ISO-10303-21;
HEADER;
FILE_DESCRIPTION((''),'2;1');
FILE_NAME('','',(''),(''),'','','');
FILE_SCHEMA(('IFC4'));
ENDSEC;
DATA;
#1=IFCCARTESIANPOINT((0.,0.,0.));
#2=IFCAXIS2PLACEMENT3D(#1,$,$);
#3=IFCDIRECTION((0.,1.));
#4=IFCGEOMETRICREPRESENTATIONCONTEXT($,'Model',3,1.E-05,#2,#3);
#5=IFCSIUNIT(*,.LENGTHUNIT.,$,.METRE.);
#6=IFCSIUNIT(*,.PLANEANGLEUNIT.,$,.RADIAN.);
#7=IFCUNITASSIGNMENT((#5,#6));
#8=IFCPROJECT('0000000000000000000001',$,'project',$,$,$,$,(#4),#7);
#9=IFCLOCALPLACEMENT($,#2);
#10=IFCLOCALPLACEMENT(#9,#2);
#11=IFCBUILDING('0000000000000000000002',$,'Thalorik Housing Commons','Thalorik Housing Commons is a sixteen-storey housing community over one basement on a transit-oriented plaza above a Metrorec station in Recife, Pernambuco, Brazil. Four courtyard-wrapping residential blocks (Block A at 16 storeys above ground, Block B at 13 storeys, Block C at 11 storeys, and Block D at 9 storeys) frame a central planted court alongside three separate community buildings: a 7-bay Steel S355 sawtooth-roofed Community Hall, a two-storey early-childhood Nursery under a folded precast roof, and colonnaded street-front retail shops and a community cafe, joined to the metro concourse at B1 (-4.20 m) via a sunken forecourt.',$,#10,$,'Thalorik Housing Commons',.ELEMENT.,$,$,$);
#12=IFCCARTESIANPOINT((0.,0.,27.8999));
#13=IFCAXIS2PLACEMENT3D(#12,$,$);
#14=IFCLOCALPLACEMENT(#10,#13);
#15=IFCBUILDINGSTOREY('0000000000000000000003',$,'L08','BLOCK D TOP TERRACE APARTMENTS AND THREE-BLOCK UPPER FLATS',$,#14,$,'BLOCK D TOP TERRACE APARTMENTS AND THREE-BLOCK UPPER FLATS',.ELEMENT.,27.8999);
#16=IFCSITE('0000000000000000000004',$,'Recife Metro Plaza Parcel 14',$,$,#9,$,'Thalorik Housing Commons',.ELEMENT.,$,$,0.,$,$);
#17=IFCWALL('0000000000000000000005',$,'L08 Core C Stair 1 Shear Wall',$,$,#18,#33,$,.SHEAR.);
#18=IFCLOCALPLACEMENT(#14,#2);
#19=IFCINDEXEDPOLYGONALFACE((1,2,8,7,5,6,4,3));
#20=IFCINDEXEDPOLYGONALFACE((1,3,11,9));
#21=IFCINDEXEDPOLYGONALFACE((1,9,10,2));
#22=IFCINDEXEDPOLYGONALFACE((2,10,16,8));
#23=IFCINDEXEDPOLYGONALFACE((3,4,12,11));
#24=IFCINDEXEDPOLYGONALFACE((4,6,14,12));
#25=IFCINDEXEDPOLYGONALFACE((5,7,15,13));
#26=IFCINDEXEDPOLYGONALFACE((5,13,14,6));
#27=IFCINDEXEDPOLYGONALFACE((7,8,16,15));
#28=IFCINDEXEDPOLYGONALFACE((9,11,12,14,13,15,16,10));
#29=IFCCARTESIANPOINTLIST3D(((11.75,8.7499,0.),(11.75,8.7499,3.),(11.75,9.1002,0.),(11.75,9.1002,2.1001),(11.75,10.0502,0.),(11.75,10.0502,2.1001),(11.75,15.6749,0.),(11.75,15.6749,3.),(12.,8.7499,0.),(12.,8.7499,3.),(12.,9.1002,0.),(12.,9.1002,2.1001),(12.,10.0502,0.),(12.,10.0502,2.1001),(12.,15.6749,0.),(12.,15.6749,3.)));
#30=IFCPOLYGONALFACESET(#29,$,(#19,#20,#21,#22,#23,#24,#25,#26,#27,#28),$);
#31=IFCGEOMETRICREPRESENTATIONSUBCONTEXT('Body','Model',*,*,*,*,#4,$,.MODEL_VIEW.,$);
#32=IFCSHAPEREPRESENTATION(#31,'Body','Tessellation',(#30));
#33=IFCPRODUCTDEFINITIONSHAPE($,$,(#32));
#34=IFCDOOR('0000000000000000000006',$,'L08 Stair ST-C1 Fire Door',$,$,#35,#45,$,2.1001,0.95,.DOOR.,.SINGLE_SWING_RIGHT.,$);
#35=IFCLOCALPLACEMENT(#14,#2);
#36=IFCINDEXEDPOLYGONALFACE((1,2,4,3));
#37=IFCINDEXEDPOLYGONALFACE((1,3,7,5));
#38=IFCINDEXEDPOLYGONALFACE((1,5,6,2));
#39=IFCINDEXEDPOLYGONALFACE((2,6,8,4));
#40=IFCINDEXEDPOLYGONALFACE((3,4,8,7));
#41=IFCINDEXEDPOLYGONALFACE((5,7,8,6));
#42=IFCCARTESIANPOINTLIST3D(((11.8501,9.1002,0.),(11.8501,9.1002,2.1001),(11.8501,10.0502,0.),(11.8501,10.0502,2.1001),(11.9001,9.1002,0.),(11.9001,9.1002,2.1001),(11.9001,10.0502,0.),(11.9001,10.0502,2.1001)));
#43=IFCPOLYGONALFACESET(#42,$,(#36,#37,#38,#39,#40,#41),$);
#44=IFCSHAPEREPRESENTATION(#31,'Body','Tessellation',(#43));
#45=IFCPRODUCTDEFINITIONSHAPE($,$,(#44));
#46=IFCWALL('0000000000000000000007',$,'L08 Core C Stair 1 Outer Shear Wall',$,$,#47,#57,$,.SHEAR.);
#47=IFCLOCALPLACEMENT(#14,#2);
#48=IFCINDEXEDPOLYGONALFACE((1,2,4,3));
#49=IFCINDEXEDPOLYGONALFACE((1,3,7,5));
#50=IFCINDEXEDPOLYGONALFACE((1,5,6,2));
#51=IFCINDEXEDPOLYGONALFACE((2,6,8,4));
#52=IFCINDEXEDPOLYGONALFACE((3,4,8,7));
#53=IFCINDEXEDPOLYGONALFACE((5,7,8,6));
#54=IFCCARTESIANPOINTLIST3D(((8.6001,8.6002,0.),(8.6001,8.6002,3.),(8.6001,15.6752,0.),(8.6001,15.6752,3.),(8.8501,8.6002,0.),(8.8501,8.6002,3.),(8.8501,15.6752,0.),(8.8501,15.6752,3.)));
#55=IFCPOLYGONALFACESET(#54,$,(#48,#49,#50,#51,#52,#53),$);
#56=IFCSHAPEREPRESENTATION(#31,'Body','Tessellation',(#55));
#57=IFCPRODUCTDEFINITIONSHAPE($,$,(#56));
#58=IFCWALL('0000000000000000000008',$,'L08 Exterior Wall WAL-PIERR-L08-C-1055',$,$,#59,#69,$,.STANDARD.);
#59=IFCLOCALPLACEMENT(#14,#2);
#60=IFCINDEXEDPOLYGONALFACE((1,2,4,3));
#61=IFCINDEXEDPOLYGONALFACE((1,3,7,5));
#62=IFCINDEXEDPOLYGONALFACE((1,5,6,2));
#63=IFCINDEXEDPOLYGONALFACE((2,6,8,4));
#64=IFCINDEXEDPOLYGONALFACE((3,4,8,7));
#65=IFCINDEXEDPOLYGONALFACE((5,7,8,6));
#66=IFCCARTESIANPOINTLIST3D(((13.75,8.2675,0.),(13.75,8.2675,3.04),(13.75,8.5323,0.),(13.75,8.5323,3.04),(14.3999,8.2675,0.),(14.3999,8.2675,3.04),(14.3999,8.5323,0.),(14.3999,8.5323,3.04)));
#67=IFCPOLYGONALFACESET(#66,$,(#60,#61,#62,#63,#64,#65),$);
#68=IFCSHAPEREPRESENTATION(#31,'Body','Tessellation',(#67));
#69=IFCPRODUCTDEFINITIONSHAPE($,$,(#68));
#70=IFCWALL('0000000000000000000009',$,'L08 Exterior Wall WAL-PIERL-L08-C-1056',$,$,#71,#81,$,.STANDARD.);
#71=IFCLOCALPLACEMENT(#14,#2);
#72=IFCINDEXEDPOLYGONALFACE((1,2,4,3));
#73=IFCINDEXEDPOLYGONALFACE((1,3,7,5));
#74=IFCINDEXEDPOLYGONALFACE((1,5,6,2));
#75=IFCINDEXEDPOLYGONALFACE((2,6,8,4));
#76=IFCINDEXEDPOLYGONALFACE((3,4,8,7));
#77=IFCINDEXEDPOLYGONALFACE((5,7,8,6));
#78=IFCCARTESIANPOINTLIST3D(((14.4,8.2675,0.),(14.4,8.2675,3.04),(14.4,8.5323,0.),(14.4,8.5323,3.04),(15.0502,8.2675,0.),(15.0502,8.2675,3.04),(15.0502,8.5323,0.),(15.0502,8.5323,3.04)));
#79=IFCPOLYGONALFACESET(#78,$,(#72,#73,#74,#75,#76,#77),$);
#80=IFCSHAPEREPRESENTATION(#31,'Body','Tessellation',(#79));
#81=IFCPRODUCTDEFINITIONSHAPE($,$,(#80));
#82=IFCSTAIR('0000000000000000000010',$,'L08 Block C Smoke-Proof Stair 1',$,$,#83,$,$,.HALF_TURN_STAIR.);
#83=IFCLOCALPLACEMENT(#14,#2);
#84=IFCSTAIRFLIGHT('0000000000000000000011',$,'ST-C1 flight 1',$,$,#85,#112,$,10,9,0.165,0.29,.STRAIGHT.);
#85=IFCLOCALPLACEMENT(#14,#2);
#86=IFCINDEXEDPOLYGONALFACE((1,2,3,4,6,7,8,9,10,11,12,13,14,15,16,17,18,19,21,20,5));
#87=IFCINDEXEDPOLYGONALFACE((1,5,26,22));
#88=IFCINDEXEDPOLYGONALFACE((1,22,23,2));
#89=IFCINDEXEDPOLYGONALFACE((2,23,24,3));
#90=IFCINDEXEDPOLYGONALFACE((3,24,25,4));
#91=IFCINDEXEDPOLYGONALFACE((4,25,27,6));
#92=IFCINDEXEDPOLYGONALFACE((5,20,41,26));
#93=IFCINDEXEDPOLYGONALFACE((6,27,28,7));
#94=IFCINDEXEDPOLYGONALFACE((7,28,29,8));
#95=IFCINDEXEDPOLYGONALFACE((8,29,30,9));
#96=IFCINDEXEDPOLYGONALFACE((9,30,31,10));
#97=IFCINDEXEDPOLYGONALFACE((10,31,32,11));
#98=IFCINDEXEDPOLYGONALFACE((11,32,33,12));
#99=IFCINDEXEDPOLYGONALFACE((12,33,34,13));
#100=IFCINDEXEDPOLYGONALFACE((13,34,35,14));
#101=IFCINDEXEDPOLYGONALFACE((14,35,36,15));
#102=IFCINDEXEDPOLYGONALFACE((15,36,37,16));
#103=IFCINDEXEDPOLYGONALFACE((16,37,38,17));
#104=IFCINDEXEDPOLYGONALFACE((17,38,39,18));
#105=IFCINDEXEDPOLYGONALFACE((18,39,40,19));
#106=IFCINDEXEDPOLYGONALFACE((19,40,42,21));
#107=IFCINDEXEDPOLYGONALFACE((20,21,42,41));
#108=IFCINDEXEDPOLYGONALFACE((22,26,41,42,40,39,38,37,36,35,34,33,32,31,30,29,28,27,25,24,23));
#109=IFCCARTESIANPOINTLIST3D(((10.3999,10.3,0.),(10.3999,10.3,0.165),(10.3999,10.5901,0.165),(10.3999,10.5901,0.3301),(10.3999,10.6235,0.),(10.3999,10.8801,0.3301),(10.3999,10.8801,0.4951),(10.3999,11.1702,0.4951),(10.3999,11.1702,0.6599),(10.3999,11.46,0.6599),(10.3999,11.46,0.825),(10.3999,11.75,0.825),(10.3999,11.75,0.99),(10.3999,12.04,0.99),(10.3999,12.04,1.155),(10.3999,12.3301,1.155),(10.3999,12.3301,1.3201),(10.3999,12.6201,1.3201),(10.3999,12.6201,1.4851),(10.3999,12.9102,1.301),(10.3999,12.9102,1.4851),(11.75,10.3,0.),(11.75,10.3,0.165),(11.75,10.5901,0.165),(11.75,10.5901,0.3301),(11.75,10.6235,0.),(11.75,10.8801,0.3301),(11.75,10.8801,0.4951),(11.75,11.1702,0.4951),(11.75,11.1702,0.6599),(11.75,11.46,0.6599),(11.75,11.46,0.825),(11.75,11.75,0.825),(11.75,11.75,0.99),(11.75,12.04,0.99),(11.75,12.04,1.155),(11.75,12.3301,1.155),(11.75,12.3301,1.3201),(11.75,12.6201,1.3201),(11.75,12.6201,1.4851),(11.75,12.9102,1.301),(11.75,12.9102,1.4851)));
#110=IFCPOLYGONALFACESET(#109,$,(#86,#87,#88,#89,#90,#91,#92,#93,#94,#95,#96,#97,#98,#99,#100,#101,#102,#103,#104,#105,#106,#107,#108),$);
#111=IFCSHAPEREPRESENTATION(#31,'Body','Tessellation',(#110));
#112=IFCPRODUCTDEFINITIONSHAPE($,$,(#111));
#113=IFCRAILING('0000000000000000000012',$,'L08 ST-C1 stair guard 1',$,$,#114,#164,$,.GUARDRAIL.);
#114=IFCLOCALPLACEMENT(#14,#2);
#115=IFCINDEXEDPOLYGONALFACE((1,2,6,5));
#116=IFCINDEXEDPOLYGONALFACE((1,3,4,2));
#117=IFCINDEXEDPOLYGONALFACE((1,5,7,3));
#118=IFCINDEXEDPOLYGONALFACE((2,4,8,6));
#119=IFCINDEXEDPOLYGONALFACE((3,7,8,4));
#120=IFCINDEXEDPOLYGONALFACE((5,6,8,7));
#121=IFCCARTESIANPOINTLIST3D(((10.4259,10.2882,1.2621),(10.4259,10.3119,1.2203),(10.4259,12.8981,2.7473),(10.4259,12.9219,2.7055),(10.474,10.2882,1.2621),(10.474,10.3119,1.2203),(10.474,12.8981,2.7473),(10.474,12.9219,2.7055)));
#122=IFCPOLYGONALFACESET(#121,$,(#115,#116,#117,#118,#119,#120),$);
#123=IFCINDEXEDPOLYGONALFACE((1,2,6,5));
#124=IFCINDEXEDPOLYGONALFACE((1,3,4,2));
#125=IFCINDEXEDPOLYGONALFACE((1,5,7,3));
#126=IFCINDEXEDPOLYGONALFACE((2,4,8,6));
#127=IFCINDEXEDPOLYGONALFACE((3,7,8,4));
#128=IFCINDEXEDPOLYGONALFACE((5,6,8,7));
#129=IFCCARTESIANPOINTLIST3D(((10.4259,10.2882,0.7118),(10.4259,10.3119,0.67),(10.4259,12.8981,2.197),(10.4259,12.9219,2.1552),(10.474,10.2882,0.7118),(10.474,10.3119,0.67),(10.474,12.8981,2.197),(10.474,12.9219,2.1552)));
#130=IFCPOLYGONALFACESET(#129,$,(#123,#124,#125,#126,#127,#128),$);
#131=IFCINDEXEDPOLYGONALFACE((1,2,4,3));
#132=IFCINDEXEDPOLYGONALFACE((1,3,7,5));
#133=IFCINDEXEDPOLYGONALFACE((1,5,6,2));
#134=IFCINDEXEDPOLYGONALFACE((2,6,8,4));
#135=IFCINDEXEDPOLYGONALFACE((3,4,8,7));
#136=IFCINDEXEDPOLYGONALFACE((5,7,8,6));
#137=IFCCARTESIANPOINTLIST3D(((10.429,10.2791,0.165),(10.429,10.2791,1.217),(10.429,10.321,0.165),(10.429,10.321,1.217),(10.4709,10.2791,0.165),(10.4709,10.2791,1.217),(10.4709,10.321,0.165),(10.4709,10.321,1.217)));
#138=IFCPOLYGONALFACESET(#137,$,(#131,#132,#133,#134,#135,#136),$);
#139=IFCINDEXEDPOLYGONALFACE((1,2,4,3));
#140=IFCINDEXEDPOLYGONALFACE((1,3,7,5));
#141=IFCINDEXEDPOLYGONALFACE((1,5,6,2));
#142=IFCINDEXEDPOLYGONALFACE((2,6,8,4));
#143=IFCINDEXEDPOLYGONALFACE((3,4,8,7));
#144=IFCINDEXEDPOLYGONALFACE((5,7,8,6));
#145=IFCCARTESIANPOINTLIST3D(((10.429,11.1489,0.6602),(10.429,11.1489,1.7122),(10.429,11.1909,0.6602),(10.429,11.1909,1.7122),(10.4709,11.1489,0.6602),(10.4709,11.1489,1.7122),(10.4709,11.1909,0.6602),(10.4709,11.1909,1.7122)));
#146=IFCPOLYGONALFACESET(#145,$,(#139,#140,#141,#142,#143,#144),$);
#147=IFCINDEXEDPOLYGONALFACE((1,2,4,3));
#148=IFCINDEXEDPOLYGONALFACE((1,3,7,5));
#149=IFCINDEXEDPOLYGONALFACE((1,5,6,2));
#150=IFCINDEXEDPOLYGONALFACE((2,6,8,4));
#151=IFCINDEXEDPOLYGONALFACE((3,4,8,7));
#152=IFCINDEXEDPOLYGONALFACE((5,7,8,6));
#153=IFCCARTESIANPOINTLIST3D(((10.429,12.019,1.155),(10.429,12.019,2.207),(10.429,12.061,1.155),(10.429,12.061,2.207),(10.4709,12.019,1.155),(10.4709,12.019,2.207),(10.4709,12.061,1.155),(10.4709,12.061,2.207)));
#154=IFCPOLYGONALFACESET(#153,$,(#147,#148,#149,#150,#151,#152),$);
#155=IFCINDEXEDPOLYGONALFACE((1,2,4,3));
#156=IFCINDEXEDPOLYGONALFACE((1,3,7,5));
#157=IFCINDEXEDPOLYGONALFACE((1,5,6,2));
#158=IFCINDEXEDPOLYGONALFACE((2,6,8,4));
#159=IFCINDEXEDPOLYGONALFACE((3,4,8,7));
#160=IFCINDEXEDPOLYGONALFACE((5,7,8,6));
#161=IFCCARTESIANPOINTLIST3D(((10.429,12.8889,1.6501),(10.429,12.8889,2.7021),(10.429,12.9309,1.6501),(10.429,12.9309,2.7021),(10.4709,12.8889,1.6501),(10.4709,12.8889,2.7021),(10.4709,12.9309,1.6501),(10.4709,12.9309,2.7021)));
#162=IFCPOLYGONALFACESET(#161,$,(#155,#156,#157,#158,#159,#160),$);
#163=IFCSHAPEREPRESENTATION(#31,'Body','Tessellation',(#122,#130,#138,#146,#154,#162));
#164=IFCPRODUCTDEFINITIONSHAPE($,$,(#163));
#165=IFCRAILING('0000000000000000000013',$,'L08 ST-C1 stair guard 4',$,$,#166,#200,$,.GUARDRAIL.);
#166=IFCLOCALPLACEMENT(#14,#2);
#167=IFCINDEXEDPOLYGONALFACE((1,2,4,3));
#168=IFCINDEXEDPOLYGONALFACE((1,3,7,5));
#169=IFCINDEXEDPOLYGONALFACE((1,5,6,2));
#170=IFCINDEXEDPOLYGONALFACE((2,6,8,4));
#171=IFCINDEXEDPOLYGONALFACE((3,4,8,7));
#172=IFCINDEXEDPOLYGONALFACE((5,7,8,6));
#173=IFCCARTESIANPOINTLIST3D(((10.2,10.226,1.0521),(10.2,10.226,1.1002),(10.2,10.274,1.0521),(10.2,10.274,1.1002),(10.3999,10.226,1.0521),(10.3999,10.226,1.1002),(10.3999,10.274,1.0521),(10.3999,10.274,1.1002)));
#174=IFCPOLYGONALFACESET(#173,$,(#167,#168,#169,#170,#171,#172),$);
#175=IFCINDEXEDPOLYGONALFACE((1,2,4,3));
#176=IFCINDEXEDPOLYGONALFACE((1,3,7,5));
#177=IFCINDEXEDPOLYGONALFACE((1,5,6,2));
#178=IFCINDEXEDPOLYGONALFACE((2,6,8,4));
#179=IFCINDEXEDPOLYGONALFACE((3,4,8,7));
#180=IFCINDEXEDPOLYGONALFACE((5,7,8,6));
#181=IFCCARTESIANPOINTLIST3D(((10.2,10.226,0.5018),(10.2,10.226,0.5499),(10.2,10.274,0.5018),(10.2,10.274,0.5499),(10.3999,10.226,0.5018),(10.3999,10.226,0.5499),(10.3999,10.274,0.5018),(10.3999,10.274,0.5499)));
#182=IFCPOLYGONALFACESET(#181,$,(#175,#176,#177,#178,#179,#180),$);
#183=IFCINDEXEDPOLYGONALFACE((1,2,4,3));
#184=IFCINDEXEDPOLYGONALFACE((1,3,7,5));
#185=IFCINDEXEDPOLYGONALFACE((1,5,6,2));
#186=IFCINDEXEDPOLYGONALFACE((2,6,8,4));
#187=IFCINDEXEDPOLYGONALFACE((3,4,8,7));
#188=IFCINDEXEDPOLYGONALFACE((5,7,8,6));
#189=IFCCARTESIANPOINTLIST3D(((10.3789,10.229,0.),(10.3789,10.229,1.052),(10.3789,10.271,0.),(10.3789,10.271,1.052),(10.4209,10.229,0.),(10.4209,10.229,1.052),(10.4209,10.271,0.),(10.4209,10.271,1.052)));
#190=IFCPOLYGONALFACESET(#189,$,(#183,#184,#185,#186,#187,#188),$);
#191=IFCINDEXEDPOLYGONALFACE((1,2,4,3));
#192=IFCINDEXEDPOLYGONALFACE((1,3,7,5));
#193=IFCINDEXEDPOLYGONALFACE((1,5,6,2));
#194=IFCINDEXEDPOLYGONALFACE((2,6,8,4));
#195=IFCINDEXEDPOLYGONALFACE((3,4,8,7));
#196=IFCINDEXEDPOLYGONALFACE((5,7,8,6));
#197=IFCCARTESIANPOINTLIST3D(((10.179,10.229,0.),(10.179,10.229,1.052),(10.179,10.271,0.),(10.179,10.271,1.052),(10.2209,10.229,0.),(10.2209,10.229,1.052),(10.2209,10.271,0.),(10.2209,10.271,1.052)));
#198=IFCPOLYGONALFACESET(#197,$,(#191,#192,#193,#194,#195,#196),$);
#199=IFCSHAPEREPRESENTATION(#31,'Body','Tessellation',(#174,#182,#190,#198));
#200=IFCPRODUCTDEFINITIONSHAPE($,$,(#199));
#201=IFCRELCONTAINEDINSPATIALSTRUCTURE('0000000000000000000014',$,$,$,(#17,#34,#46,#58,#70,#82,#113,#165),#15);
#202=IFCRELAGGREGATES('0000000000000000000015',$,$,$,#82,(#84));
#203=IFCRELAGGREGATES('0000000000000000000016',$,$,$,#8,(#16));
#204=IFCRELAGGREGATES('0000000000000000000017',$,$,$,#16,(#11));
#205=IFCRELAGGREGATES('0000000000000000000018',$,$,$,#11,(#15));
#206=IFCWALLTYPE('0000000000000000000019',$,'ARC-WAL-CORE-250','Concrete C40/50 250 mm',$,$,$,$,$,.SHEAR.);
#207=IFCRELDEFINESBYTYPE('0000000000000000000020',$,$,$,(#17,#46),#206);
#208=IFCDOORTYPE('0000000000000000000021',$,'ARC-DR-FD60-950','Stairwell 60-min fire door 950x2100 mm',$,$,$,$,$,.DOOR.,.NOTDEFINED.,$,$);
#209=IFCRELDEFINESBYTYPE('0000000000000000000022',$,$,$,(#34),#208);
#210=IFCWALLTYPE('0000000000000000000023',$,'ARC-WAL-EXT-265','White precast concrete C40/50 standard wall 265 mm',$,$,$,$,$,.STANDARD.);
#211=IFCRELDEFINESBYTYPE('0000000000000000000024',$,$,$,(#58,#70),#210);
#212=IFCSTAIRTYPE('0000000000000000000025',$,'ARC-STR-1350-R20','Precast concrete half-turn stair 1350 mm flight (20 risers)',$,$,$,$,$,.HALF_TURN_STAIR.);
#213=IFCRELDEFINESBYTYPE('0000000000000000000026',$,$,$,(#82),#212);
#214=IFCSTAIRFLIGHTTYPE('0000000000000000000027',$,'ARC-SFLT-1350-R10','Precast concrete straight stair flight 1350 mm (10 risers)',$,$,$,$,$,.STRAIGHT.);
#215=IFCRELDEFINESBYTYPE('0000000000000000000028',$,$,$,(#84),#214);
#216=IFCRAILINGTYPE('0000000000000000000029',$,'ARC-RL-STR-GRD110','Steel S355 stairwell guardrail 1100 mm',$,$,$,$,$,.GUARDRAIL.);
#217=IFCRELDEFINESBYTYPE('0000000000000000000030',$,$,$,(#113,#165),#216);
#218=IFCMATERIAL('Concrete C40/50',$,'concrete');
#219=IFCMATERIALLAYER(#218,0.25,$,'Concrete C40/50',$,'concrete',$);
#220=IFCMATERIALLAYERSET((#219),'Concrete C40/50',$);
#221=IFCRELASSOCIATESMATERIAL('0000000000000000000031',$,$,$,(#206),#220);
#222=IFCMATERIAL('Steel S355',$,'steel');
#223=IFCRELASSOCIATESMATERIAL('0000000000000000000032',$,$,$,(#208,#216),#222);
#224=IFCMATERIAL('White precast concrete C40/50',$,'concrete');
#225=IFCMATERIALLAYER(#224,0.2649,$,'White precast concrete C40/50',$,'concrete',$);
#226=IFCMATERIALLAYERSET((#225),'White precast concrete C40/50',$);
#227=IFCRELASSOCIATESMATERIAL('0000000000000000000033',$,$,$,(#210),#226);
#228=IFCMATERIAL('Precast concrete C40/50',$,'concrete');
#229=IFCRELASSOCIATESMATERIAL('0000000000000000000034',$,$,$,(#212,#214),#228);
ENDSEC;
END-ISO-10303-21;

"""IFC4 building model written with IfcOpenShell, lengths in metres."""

from ifc_helpers import new_model, si_unit, direction, frame, frame_2d, origin, origin_2d, place, context, subcontext, project, spatial, polyline, rectangle, outline, extrude, material, layer, layer_set, type_object, element, fill, aggregate, save


model = new_model("IFC4")

# Units and contexts
model_context = context("Model", 3, precision=1e-05, world=origin(), true_north=direction((0.0, 1.0)))
body_context = subcontext(model_context, "Body", "Model", "MODEL_VIEW")
ifc_project = project(units=[si_unit("LENGTHUNIT", "METRE"), si_unit("PLANEANGLEUNIT", "RADIAN")], contexts=[model_context])

# Site, building, storey
site_placement = place(None, origin())
site = spatial("IfcSite", under=ifc_project, at=site_placement, Name="Recife Metro Plaza Parcel 14", LongName="Thalorik Housing Commons", CompositionType="ELEMENT", RefElevation=0.0)
building_placement = place(site_placement, origin())
building = spatial("IfcBuilding", under=site, at=building_placement, Name="Thalorik Housing Commons", Description="Thalorik Housing Commons is a sixteen-storey housing community over one basement on a transit-oriented plaza above a Metrorec station in Recife, Pernambuco, Brazil. Four courtyard-wrapping residential blocks (Block A at 16 storeys above ground, Block B at 13 storeys, Block C at 11 storeys, and Block D at 9 storeys) frame a central planted court alongside three separate community buildings: a 7-bay Steel S355 sawtooth-roofed Community Hall, a two-storey early-childhood Nursery under a folded precast roof, and colonnaded street-front retail shops and a community cafe, joined to the metro concourse at B1 (-4.20 m) via a sunken forecourt.", LongName="Thalorik Housing Commons", CompositionType="ELEMENT")
storey_placement = place(building_placement, frame((0.0, 0.0, 27.8999)))
storey = spatial("IfcBuildingStorey", under=building, at=storey_placement, Name="L08", Description="BLOCK D TOP TERRACE APARTMENTS AND THREE-BLOCK UPPER FLATS", LongName="BLOCK D TOP TERRACE APARTMENTS AND THREE-BLOCK UPPER FLATS", CompositionType="ELEMENT", Elevation=27.8999)

# Shared definitions
ifc_material_1 = material(Name="Precast concrete C40/50", Category="concrete")

# Wall, opening, door
ifc_material_2 = material(Name="Concrete C40/50", Category="concrete")
ifc_layer_1 = layer(ifc_material_2, 0.25, Name="Concrete C40/50", Category="concrete")
ifc_layer_set_1 = layer_set([ifc_layer_1], Name="Concrete C40/50")
wall_type_1 = type_object("IfcWallType", Name="ARC-WAL-CORE-250", Description="Concrete C40/50 250 mm", PredefinedType="SHEAR", material=ifc_layer_set_1)
wall_1_placement = place(storey_placement, frame((11.875, 8.75, 0.0), z_axis=(0.0, 0.0, 1.0), x_axis=(0.0, 1.0, 0.0)))
wall_1 = element("IfcWall", 1, at=wall_1_placement, inside=storey, type_object=wall_type_1, Name="L08 Core C Stair 1 Shear Wall", PredefinedType="SHEAR", context=body_context, shape_type="SweptSolid", body=[
    extrude(rectangle(XDim=6.925, YDim=0.25, at=frame_2d((3.4624, 0.0))), origin(), (0.0, 0.0, 1.0), 3.0),
])
opening_placement = place(wall_1_placement, frame((0.3501, 0.0, 0.0)))
opening = element("IfcOpeningElement", 2, at=opening_placement, cuts=wall_1, PredefinedType="OPENING", context=body_context, shape_type="SweptSolid", body=[
    extrude(rectangle(XDim=0.95, YDim=2.1001, at=frame_2d((0.4751, 1.05))), frame((0.0, 0.135, 0.0), z_axis=(0.0, -1.0, 0.0), x_axis=(1.0, 0.0, 0.0)), (0.0, 0.0, 1.0), 0.27),
])
ifc_material_3 = material(Name="Steel S355", Category="steel")
door_type = type_object("IfcDoorType", Name="ARC-DR-FD60-950", Description="Stairwell 60-min fire door 950x2100 mm", OperationType="NOTDEFINED", PredefinedType="DOOR", material=ifc_material_3)
door_placement = place(opening_placement, origin())
door = element("IfcDoor", 3, at=door_placement, inside=storey, type_object=door_type, Name="L08 Stair ST-C1 Fire Door", OperationType="SINGLE_SWING_RIGHT", OverallHeight=2.1001, OverallWidth=0.95, PredefinedType="DOOR", context=body_context, shape_type="SweptSolid", body=[
    extrude(rectangle(XDim=0.95, YDim=2.1001, at=frame_2d((0.4751, 1.05))), frame((0.0, 0.0249, 0.0), z_axis=(0.0, -1.0, 0.0), x_axis=(1.0, 0.0, 0.0)), (0.0, 0.0, 1.0), 0.05),
])
fill(opening, door)

# Walls
wall_2_placement = place(storey_placement, frame((8.7251, 8.6001, 0.0), z_axis=(0.0, 0.0, 1.0), x_axis=(0.0, 1.0, 0.0)))
element("IfcWall", 4, at=wall_2_placement, inside=storey, type_object=wall_type_1, Name="L08 Core C Stair 1 Outer Shear Wall", PredefinedType="SHEAR", context=body_context, shape_type="SweptSolid", body=[
    extrude(rectangle(XDim=7.075, YDim=0.25, at=frame_2d((3.5376, 0.0))), origin(), (0.0, 0.0, 1.0), 3.0),
])
ifc_material_4 = material(Name="White precast concrete C40/50", Category="concrete")
ifc_layer_2 = layer(ifc_material_4, 0.2649, Name="White precast concrete C40/50", Category="concrete")
ifc_layer_set_2 = layer_set([ifc_layer_2], Name="White precast concrete C40/50")
wall_type_2 = type_object("IfcWallType", Name="ARC-WAL-EXT-265", Description="White precast concrete C40/50 standard wall 265 mm", PredefinedType="STANDARD", material=ifc_layer_set_2)
wall_3_placement = place(storey_placement, frame((13.75, 8.3999, 0.0), z_axis=(0.0, 0.0, 1.0), x_axis=(1.0, 0.0, 0.0)))
element("IfcWall", 5, at=wall_3_placement, inside=storey, type_object=wall_type_2, Name="L08 Exterior Wall WAL-PIERR-L08-C-1055", PredefinedType="STANDARD", context=body_context, shape_type="SweptSolid", body=[
    extrude(rectangle(XDim=0.6499, YDim=0.2649, at=frame_2d((0.325, 0.0))), origin(), (0.0, 0.0, 1.0), 3.04),
])
wall_4_placement = place(storey_placement, frame((14.3999, 8.3999, 0.0), z_axis=(0.0, 0.0, 1.0), x_axis=(1.0, 0.0, 0.0)))
element("IfcWall", 6, at=wall_4_placement, inside=storey, type_object=wall_type_2, Name="L08 Exterior Wall WAL-PIERL-L08-C-1056", PredefinedType="STANDARD", context=body_context, shape_type="SweptSolid", body=[
    extrude(rectangle(XDim=0.6501, YDim=0.2649, at=frame_2d((0.3252, 0.0))), origin(), (0.0, 0.0, 1.0), 3.04),
])

# Stair, stair flight
stair_type = type_object("IfcStairType", Name="ARC-STR-1350-R20", Description="Precast concrete half-turn stair 1350 mm flight (20 risers)", PredefinedType="HALF_TURN_STAIR", material=ifc_material_1)
stair_placement = place(storey_placement, origin())
stair = element("IfcStair", 7, at=stair_placement, inside=storey, type_object=stair_type, Name="L08 Block C Smoke-Proof Stair 1", PredefinedType="HALF_TURN_STAIR")
stair_flight_type = type_object("IfcStairFlightType", Name="ARC-SFLT-1350-R10", Description="Precast concrete straight stair flight 1350 mm (10 risers)", PredefinedType="STRAIGHT", material=ifc_material_1)
stair_flight_placement = place(storey_placement, frame((11.075, 10.3, 0.0), z_axis=(0.0, 0.0, 1.0), x_axis=(0.0, 1.0, 0.0)))
stair_flight = element("IfcStairFlight", 8, at=stair_flight_placement, type_object=stair_flight_type, Name="ST-C1 flight 1", NumberOfRisers=10, NumberOfTreads=9, PredefinedType="STRAIGHT", RiserHeight=0.165, TreadLength=0.29, context=body_context, shape_type="SweptSolid", body=[
    extrude(outline(polyline([(0.0, 0.0), (0.0, 0.165), (0.29, 0.165), (0.29, 0.3301), (0.5801, 0.3301), (0.5801, 0.4951), (0.8701, 0.4951), (0.8701, 0.6599), (1.1599, 0.6599), (1.1599, 0.825), (1.45, 0.825), (1.45, 0.99), (1.74, 0.99), (1.74, 1.155), (2.03, 1.155), (2.03, 1.3201), (2.3201, 1.3201), (2.3201, 1.4851), (2.6101, 1.4851), (2.6101, 1.6499), (2.6101, 1.301), (0.3235, 0.0), (0.0, 0.0)])), frame((0.0, 0.675, 0.0), z_axis=(0.0, -1.0, 0.0), x_axis=(1.0, 0.0, 0.0)), (0.0, 0.0, 1.0), 1.3501),
])
aggregate(stair, [stair_flight])

# Railings
railing_type_1 = type_object("IfcRailingType", Name="ARC-RL-STR-GRD110", Description="Steel S355 stairwell guardrail 1100 mm", PredefinedType="GUARDRAIL", material=ifc_material_3)
railing_1_placement = place(storey_placement, frame((10.45, 10.3, 0.165)))
element("IfcRailing", 9, at=railing_1_placement, inside=storey, type_object=railing_type_1, Name="L08 ST-C1 stair guard 1", PredefinedType="GUARDRAIL", context=body_context, shape_type="SweptSolid", body=[
    extrude(rectangle(XDim=0.0481, YDim=0.0481, at=origin_2d()), frame((0.0, 0.0, 1.0762), z_axis=(0.0, 0.869137, 0.494571), x_axis=(-1.0, 0.0, 0.0)), (0.0, 0.0, 1.0), 3.0029),
    extrude(rectangle(XDim=0.0481, YDim=0.0481, at=origin_2d()), frame((0.0, 0.0, 0.5259), z_axis=(0.0, 0.869137, 0.494571), x_axis=(-1.0, 0.0, 0.0)), (0.0, 0.0, 1.0), 3.0029),
    extrude(rectangle(XDim=0.042, YDim=0.042, at=origin_2d()), origin(), (0.0, 0.0, 1.0), 1.052),
    extrude(rectangle(XDim=0.042, YDim=0.042, at=origin_2d()), frame((0.0, 0.8699, 0.4951)), (0.0, 0.0, 1.0), 1.052),
    extrude(rectangle(XDim=0.042, YDim=0.042, at=origin_2d()), frame((0.0, 1.74, 0.99)), (0.0, 0.0, 1.0), 1.052),
    extrude(rectangle(XDim=0.042, YDim=0.042, at=origin_2d()), frame((0.0, 2.6099, 1.4851)), (0.0, 0.0, 1.0), 1.052),
])
railing_2_placement = place(storey_placement, frame((10.3999, 10.25, 0.0)))
element("IfcRailing", 10, at=railing_2_placement, inside=storey, type_object=railing_type_1, Name="L08 ST-C1 stair guard 4", PredefinedType="GUARDRAIL", context=body_context, shape_type="SweptSolid", body=[
    extrude(rectangle(XDim=0.0481, YDim=0.0481, at=origin_2d()), frame((0.0, 0.0, 1.0762), z_axis=(-1.0, 0.0, 0.0), x_axis=(0.0, -1.0, 0.0)), (0.0, 0.0, 1.0), 0.2),
    extrude(rectangle(XDim=0.0481, YDim=0.0481, at=origin_2d()), frame((0.0, 0.0, 0.5259), z_axis=(-1.0, 0.0, 0.0), x_axis=(0.0, -1.0, 0.0)), (0.0, 0.0, 1.0), 0.2),
    extrude(rectangle(XDim=0.042, YDim=0.042, at=origin_2d()), origin(), (0.0, 0.0, 1.0), 1.052),
    extrude(rectangle(XDim=0.042, YDim=0.042, at=origin_2d()), frame((-0.2, 0.0, 0.0)), (0.0, 0.0, 1.0), 1.052),
])

save(model, "model.ifc")
